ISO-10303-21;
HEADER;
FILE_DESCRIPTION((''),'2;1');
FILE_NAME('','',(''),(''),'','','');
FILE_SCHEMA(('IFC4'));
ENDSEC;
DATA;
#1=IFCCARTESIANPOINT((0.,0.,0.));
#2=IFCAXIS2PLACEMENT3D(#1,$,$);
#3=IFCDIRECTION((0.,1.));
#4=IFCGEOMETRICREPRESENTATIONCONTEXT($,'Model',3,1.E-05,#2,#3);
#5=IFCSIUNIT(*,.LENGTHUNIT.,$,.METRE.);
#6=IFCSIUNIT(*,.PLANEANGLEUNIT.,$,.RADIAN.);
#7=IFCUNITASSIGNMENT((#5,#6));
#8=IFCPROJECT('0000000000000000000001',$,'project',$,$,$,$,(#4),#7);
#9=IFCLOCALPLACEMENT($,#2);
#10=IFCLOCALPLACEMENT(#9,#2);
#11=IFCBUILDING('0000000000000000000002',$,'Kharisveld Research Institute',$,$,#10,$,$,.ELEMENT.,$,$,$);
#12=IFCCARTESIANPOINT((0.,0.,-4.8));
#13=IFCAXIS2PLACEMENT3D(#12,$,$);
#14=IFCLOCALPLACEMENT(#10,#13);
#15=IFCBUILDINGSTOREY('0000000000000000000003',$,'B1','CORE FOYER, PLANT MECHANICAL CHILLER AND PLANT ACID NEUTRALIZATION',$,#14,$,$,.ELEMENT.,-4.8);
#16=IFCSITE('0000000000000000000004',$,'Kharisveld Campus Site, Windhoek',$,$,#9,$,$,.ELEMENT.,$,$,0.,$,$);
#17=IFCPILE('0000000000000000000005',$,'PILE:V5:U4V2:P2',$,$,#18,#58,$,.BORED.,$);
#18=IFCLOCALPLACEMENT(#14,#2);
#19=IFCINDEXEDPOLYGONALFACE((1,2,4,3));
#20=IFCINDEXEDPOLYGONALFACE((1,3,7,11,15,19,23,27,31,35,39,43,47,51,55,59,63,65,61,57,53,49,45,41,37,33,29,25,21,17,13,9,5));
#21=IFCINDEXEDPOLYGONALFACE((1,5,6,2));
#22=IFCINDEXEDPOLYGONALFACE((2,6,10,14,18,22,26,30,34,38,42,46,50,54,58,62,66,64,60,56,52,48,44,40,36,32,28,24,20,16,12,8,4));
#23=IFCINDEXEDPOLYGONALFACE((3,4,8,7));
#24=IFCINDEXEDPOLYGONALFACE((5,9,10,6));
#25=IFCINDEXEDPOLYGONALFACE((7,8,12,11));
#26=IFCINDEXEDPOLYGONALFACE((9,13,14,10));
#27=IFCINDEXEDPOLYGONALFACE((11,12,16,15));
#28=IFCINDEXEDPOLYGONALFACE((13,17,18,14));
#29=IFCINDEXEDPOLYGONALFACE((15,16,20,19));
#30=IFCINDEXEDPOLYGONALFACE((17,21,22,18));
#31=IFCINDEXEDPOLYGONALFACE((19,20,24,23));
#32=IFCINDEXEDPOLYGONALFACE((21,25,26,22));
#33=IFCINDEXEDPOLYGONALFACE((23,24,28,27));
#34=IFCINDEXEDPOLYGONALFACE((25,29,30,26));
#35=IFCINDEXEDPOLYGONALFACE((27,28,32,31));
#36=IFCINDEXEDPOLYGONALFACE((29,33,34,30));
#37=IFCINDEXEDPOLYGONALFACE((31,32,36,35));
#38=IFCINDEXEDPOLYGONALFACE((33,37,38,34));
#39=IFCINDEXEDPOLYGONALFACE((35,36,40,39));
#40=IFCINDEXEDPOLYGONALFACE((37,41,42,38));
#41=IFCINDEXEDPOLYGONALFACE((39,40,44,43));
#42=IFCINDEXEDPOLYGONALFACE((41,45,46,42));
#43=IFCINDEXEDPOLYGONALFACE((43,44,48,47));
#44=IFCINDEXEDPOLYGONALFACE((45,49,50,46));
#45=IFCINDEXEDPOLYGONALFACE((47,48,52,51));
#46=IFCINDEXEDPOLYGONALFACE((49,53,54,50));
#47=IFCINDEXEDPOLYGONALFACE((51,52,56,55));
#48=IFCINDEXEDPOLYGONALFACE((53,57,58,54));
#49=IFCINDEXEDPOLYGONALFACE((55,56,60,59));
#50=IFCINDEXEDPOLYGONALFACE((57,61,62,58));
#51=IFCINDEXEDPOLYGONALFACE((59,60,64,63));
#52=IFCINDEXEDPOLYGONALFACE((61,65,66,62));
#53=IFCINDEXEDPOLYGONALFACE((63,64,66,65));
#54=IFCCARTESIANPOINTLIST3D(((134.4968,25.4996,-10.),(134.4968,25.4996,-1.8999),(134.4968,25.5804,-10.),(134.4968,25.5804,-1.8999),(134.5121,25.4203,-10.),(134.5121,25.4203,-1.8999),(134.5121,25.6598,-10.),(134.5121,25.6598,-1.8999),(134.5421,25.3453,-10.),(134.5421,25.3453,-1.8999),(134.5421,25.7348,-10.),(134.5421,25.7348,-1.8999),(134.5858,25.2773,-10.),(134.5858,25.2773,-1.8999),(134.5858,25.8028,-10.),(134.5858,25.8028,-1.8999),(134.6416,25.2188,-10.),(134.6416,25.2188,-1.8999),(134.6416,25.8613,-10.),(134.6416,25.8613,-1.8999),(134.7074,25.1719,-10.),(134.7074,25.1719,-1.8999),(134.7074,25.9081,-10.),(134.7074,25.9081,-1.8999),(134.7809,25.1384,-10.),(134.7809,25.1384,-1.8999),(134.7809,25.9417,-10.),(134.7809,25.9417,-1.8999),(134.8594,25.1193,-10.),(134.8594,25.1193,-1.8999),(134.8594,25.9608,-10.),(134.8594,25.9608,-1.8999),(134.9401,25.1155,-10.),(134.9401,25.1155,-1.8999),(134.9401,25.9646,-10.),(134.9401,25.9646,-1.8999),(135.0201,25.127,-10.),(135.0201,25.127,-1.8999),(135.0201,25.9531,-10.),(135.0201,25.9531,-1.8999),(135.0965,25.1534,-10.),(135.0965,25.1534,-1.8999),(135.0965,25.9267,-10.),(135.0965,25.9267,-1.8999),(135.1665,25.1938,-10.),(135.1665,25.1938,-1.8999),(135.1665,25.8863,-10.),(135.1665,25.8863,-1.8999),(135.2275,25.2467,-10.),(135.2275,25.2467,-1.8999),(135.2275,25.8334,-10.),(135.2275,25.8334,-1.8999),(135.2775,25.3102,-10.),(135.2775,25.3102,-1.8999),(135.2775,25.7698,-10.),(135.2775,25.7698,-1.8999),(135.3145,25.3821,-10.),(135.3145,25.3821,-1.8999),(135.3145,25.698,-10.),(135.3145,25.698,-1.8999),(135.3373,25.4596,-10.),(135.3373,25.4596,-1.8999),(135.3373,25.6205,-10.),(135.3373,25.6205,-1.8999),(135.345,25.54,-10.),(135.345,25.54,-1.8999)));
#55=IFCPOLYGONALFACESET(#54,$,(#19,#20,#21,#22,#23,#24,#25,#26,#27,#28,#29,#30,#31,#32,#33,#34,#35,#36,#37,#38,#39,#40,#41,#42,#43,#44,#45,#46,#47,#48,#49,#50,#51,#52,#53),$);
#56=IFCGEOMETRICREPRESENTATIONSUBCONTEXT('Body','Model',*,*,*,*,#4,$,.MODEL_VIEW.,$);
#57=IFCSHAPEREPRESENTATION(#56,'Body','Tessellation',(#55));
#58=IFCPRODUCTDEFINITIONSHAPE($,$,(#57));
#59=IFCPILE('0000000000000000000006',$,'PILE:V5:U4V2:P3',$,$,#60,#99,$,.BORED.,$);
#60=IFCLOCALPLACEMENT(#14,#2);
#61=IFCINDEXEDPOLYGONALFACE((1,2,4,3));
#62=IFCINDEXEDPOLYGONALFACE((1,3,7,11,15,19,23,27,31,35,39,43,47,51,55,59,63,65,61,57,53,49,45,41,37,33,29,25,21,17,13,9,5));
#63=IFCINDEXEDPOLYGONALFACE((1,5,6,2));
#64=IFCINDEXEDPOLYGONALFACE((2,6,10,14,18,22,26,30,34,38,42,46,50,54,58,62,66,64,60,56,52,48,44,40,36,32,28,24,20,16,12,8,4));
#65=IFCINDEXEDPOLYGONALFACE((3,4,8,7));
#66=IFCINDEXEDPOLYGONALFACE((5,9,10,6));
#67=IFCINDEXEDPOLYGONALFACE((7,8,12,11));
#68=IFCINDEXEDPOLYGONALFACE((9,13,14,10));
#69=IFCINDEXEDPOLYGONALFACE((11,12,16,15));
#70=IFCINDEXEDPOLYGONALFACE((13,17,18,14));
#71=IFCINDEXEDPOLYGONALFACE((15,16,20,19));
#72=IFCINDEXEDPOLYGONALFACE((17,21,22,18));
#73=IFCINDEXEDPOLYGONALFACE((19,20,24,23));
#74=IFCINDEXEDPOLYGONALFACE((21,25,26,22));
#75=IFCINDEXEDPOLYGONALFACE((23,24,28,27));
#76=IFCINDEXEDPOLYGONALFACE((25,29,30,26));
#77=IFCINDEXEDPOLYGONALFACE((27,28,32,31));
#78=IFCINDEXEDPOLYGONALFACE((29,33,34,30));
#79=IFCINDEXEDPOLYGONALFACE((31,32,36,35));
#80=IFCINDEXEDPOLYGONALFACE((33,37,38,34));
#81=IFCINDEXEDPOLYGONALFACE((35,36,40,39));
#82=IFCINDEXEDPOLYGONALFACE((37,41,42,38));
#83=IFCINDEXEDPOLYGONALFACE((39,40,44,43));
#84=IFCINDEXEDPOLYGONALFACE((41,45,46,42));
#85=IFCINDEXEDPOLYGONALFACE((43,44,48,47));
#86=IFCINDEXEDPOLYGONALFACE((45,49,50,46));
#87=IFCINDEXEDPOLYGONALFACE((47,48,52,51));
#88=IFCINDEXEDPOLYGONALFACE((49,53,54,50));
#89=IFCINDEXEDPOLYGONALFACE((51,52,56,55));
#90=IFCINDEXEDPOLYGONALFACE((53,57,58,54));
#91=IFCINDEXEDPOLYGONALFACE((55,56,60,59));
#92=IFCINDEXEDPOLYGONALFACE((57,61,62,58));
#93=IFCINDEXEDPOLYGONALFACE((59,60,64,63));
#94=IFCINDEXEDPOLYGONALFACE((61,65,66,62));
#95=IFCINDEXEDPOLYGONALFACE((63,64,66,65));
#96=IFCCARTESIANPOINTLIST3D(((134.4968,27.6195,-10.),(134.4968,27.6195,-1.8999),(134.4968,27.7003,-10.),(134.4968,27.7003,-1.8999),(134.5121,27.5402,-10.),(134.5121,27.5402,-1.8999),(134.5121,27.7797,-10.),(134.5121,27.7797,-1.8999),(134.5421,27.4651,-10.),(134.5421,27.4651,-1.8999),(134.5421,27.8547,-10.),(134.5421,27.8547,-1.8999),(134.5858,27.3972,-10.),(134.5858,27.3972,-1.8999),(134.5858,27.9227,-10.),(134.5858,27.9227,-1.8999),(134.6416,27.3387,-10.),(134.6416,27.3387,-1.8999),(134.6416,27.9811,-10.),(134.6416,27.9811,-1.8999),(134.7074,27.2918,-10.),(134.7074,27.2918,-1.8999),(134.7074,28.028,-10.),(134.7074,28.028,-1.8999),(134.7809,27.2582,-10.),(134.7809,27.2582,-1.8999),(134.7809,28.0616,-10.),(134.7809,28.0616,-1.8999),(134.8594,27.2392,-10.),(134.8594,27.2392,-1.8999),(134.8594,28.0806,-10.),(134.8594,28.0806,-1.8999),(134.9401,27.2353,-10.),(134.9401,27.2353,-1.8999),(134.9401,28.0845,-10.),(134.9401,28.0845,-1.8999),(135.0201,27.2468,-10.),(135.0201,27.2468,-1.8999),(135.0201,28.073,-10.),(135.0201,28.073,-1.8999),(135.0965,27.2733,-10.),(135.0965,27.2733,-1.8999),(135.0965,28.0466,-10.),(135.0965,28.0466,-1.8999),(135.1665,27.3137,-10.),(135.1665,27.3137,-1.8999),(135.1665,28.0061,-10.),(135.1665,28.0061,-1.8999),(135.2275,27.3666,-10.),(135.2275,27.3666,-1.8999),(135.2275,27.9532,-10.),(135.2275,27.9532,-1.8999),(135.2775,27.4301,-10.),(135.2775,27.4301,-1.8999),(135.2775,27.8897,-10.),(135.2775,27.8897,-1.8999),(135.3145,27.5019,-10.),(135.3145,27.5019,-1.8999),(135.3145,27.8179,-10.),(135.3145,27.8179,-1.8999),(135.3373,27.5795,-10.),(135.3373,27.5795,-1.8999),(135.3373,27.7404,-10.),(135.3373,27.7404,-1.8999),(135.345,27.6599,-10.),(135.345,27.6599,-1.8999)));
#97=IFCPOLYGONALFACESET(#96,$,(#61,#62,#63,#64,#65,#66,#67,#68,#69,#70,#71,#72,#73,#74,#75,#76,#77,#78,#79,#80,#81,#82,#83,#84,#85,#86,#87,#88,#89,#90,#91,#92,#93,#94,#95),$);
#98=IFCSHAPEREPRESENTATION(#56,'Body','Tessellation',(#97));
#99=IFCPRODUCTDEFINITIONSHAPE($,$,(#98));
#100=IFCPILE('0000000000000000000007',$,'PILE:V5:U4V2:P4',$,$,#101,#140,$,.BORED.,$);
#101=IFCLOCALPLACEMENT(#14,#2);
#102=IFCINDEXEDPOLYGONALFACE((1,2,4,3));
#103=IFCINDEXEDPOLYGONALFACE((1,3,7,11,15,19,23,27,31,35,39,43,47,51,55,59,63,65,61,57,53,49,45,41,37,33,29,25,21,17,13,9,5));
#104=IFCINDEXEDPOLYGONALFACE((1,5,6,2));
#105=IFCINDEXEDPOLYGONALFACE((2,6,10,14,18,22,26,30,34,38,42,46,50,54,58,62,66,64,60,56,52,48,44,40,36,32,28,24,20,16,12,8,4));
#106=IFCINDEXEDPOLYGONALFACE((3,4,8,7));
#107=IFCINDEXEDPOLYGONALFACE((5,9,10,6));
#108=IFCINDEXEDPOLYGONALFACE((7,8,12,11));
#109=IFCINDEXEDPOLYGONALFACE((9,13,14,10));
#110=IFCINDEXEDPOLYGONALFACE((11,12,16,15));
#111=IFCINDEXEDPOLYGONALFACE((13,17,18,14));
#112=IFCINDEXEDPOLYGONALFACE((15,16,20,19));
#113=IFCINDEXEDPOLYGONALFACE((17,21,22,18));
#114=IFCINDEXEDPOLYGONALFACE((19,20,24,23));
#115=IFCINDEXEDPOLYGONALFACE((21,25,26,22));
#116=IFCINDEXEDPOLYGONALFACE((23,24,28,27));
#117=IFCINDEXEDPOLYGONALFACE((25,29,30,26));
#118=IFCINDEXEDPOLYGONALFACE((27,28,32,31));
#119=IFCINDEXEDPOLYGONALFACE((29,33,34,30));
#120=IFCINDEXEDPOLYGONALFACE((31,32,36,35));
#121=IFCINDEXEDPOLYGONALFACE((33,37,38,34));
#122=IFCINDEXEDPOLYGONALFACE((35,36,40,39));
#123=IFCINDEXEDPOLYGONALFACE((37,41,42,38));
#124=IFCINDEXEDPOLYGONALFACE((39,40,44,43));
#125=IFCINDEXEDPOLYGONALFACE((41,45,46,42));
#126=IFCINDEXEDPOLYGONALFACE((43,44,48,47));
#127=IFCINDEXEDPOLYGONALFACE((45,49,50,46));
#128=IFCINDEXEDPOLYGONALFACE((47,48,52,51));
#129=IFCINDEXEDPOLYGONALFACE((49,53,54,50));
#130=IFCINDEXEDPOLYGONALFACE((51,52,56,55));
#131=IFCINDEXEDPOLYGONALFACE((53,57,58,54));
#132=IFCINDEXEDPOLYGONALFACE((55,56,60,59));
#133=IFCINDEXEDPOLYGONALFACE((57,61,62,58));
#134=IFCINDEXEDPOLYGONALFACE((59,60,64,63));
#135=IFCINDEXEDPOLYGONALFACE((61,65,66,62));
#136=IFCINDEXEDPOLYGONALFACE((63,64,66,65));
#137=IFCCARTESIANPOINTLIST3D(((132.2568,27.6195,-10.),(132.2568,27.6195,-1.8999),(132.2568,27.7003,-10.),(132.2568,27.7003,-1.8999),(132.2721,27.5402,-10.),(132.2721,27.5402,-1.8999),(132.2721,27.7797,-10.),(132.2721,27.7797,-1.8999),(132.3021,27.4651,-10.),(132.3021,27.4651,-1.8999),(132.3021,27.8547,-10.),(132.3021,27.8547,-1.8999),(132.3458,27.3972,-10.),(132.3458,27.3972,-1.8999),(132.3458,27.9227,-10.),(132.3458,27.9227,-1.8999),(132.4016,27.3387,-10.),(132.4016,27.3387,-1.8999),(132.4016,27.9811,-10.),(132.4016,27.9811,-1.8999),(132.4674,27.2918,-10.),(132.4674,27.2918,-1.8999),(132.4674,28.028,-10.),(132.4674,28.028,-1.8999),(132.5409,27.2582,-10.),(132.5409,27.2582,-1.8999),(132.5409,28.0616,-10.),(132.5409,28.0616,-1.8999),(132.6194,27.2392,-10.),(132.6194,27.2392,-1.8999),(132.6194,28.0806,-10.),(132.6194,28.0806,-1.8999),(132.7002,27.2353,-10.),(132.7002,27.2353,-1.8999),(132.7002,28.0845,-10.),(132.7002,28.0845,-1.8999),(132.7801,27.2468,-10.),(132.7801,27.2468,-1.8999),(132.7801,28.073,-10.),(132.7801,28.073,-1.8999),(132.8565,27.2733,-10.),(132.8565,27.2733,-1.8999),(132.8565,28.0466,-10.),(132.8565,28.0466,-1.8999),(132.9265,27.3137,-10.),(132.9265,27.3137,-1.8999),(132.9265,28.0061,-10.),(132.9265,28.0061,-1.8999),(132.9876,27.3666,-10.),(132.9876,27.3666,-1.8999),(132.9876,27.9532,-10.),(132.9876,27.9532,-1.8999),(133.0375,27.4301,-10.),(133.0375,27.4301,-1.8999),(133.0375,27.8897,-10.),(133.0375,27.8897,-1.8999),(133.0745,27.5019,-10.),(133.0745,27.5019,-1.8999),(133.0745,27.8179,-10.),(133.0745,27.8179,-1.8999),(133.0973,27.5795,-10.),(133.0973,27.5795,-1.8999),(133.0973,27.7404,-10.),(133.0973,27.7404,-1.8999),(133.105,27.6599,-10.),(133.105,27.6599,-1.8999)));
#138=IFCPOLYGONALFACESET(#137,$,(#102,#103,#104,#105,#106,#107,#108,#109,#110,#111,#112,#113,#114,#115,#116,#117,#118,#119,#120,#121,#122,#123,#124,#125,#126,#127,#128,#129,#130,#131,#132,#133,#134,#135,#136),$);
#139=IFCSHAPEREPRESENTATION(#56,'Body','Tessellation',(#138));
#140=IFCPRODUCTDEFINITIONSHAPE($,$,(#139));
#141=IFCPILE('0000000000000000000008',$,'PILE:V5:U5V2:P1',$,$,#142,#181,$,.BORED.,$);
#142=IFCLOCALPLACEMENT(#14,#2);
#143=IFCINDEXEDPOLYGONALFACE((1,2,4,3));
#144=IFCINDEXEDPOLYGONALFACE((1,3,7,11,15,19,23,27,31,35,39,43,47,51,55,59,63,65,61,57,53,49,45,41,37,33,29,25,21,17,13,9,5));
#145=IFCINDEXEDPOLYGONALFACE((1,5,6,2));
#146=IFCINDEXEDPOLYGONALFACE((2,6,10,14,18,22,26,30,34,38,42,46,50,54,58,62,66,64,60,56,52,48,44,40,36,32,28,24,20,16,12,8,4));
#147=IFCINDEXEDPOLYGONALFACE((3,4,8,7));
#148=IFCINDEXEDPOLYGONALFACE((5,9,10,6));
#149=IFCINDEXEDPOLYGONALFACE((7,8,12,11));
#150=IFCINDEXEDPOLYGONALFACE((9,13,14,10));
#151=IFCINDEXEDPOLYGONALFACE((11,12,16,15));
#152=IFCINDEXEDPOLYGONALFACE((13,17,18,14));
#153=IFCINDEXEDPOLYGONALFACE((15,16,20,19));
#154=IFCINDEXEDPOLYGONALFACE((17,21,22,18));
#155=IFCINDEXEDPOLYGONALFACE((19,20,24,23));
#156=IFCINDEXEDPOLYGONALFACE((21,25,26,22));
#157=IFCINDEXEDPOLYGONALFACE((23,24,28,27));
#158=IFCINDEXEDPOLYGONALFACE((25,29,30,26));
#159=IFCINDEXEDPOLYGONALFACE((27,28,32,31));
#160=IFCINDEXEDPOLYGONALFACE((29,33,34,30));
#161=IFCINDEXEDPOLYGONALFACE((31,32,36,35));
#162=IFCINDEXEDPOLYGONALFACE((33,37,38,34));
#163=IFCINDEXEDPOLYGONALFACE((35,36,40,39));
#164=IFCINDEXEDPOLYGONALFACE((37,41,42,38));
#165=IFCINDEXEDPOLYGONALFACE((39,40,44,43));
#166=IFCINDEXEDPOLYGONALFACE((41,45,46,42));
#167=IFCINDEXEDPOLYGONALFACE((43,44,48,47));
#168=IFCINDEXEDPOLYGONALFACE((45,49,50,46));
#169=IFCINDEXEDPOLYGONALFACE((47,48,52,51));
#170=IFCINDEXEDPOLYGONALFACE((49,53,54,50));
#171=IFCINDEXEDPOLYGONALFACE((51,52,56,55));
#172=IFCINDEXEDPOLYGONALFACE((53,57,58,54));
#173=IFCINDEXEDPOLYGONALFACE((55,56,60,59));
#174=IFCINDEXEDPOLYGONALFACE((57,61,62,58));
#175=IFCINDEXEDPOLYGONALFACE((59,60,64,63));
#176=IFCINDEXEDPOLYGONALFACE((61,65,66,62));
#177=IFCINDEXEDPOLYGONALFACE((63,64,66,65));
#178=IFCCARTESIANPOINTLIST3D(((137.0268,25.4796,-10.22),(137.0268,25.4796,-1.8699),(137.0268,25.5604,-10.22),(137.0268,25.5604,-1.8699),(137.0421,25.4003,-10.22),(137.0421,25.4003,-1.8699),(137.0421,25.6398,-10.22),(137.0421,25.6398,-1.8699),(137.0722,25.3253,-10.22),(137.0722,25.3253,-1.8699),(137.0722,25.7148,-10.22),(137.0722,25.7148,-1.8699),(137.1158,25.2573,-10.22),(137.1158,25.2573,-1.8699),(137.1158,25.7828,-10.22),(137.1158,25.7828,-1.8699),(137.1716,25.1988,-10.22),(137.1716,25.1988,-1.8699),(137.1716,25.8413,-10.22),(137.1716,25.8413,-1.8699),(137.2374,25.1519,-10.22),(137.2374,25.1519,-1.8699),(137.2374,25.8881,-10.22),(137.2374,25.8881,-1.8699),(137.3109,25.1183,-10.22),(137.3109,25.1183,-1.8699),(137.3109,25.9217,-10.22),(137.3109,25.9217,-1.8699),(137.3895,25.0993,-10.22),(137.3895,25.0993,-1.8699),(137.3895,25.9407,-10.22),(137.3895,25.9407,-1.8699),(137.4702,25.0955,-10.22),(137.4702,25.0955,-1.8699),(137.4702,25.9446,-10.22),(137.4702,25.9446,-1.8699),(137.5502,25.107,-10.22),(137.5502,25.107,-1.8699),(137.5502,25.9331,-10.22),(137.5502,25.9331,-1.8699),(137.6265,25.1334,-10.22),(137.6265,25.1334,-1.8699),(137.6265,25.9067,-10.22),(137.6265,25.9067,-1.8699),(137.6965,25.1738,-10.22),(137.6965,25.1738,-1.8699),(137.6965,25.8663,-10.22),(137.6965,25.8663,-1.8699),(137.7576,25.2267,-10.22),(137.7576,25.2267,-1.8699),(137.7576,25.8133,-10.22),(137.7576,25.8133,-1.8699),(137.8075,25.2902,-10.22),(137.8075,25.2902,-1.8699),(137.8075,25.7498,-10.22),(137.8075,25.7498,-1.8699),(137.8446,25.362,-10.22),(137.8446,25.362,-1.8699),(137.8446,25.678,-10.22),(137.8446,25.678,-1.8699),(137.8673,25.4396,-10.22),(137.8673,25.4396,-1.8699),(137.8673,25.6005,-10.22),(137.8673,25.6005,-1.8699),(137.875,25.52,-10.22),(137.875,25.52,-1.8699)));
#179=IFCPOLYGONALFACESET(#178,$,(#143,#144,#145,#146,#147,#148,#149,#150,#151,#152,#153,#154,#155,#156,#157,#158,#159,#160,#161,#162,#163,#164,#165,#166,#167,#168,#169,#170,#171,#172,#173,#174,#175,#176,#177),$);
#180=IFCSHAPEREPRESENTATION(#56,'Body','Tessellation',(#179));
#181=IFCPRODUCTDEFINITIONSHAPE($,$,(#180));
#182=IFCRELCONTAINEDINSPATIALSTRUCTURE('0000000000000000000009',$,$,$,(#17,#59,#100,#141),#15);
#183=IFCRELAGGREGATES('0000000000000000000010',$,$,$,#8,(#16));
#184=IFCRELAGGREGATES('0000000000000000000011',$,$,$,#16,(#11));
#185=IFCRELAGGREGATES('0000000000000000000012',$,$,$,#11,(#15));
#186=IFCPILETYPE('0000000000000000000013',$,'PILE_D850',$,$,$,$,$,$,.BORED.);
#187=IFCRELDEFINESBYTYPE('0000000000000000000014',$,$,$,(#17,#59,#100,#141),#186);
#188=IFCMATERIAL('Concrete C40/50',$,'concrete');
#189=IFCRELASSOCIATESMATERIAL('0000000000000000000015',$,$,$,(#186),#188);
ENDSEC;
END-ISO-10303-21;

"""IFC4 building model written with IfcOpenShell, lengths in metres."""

from ifc_helpers import new_model, si_unit, direction, frame, origin, origin_2d, place, context, subcontext, project, spatial, circle, extrude, material, material_profile, profile_set, type_object, element, save


model = new_model("IFC4")

# Units and contexts
model_context = context("Model", 3, precision=1e-05, world=origin(), true_north=direction((0.0, 1.0)))
body_context = subcontext(model_context, "Body", "Model", "MODEL_VIEW")
ifc_project = project(units=[si_unit("LENGTHUNIT", "METRE"), si_unit("PLANEANGLEUNIT", "RADIAN")], contexts=[model_context])

# Site, building, storey
site_placement = place(None, origin())
site = spatial("IfcSite", under=ifc_project, at=site_placement, Name="Kharisveld Campus Site, Windhoek", CompositionType="ELEMENT", RefElevation=0.0)
building_placement = place(site_placement, origin())
building = spatial("IfcBuilding", under=site, at=building_placement, Name="Kharisveld Research Institute", CompositionType="ELEMENT")
storey_placement = place(building_placement, frame((0.0, 0.0, -4.8)))
storey = spatial("IfcBuildingStorey", under=building, at=storey_placement, Name="B1", Description="CORE FOYER, PLANT MECHANICAL CHILLER AND PLANT ACID NEUTRALIZATION", CompositionType="ELEMENT", Elevation=-4.8)

# Piles
ifc_material_1 = material(Name="Concrete C40/50", Category="concrete")
ifc_material_profile_1 = material_profile(ifc_material_1, circle(Radius=0.425, at=origin_2d()))
ifc_profile_set_1 = profile_set([ifc_material_profile_1], Name="Concrete C40/50")
pile_type_1 = type_object("IfcPileType", Name="PILE_D850", PredefinedType="BORED", material=ifc_profile_set_1)
for number, where, z_axis, x_axis, name in (
    (1, (134.9199, 25.54, -1.8999), (0.0, 0.0, -1.0), (1.0, 0.0, 0.0), "PILE:V5:U4V2:P2"),
    (2, (134.9199, 27.6599, -1.8999), (0.0, 0.0, -1.0), (1.0, 0.0, 0.0), "PILE:V5:U4V2:P3"),
    (3, (132.6799, 27.6599, -1.8999), (0.0, 0.0, -1.0), (1.0, 0.0, 0.0), "PILE:V5:U4V2:P4"),
):
    element("IfcPile", number, at=place(storey_placement, frame(where, z_axis=z_axis, x_axis=x_axis)), inside=storey, type_object=pile_type_1, Name=name, PredefinedType="BORED", context=body_context, shape_type="SweptSolid", body=[
        extrude(circle(Radius=0.425, at=origin_2d()), origin(), (0.0, 0.0, 1.0), 8.1001),
    ])
for number, where, z_axis, x_axis, name in (
    (4, (137.45, 25.52, -1.8699), (0.0, 0.0, -1.0), (1.0, 0.0, 0.0), "PILE:V5:U5V2:P1"),
):
    element("IfcPile", number, at=place(storey_placement, frame(where, z_axis=z_axis, x_axis=x_axis)), inside=storey, type_object=pile_type_1, Name=name, PredefinedType="BORED", context=body_context, shape_type="SweptSolid", body=[
        extrude(circle(Radius=0.425, at=origin_2d()), origin(), (0.0, 0.0, 1.0), 8.3501),
    ])

save(model, "model.ifc")
